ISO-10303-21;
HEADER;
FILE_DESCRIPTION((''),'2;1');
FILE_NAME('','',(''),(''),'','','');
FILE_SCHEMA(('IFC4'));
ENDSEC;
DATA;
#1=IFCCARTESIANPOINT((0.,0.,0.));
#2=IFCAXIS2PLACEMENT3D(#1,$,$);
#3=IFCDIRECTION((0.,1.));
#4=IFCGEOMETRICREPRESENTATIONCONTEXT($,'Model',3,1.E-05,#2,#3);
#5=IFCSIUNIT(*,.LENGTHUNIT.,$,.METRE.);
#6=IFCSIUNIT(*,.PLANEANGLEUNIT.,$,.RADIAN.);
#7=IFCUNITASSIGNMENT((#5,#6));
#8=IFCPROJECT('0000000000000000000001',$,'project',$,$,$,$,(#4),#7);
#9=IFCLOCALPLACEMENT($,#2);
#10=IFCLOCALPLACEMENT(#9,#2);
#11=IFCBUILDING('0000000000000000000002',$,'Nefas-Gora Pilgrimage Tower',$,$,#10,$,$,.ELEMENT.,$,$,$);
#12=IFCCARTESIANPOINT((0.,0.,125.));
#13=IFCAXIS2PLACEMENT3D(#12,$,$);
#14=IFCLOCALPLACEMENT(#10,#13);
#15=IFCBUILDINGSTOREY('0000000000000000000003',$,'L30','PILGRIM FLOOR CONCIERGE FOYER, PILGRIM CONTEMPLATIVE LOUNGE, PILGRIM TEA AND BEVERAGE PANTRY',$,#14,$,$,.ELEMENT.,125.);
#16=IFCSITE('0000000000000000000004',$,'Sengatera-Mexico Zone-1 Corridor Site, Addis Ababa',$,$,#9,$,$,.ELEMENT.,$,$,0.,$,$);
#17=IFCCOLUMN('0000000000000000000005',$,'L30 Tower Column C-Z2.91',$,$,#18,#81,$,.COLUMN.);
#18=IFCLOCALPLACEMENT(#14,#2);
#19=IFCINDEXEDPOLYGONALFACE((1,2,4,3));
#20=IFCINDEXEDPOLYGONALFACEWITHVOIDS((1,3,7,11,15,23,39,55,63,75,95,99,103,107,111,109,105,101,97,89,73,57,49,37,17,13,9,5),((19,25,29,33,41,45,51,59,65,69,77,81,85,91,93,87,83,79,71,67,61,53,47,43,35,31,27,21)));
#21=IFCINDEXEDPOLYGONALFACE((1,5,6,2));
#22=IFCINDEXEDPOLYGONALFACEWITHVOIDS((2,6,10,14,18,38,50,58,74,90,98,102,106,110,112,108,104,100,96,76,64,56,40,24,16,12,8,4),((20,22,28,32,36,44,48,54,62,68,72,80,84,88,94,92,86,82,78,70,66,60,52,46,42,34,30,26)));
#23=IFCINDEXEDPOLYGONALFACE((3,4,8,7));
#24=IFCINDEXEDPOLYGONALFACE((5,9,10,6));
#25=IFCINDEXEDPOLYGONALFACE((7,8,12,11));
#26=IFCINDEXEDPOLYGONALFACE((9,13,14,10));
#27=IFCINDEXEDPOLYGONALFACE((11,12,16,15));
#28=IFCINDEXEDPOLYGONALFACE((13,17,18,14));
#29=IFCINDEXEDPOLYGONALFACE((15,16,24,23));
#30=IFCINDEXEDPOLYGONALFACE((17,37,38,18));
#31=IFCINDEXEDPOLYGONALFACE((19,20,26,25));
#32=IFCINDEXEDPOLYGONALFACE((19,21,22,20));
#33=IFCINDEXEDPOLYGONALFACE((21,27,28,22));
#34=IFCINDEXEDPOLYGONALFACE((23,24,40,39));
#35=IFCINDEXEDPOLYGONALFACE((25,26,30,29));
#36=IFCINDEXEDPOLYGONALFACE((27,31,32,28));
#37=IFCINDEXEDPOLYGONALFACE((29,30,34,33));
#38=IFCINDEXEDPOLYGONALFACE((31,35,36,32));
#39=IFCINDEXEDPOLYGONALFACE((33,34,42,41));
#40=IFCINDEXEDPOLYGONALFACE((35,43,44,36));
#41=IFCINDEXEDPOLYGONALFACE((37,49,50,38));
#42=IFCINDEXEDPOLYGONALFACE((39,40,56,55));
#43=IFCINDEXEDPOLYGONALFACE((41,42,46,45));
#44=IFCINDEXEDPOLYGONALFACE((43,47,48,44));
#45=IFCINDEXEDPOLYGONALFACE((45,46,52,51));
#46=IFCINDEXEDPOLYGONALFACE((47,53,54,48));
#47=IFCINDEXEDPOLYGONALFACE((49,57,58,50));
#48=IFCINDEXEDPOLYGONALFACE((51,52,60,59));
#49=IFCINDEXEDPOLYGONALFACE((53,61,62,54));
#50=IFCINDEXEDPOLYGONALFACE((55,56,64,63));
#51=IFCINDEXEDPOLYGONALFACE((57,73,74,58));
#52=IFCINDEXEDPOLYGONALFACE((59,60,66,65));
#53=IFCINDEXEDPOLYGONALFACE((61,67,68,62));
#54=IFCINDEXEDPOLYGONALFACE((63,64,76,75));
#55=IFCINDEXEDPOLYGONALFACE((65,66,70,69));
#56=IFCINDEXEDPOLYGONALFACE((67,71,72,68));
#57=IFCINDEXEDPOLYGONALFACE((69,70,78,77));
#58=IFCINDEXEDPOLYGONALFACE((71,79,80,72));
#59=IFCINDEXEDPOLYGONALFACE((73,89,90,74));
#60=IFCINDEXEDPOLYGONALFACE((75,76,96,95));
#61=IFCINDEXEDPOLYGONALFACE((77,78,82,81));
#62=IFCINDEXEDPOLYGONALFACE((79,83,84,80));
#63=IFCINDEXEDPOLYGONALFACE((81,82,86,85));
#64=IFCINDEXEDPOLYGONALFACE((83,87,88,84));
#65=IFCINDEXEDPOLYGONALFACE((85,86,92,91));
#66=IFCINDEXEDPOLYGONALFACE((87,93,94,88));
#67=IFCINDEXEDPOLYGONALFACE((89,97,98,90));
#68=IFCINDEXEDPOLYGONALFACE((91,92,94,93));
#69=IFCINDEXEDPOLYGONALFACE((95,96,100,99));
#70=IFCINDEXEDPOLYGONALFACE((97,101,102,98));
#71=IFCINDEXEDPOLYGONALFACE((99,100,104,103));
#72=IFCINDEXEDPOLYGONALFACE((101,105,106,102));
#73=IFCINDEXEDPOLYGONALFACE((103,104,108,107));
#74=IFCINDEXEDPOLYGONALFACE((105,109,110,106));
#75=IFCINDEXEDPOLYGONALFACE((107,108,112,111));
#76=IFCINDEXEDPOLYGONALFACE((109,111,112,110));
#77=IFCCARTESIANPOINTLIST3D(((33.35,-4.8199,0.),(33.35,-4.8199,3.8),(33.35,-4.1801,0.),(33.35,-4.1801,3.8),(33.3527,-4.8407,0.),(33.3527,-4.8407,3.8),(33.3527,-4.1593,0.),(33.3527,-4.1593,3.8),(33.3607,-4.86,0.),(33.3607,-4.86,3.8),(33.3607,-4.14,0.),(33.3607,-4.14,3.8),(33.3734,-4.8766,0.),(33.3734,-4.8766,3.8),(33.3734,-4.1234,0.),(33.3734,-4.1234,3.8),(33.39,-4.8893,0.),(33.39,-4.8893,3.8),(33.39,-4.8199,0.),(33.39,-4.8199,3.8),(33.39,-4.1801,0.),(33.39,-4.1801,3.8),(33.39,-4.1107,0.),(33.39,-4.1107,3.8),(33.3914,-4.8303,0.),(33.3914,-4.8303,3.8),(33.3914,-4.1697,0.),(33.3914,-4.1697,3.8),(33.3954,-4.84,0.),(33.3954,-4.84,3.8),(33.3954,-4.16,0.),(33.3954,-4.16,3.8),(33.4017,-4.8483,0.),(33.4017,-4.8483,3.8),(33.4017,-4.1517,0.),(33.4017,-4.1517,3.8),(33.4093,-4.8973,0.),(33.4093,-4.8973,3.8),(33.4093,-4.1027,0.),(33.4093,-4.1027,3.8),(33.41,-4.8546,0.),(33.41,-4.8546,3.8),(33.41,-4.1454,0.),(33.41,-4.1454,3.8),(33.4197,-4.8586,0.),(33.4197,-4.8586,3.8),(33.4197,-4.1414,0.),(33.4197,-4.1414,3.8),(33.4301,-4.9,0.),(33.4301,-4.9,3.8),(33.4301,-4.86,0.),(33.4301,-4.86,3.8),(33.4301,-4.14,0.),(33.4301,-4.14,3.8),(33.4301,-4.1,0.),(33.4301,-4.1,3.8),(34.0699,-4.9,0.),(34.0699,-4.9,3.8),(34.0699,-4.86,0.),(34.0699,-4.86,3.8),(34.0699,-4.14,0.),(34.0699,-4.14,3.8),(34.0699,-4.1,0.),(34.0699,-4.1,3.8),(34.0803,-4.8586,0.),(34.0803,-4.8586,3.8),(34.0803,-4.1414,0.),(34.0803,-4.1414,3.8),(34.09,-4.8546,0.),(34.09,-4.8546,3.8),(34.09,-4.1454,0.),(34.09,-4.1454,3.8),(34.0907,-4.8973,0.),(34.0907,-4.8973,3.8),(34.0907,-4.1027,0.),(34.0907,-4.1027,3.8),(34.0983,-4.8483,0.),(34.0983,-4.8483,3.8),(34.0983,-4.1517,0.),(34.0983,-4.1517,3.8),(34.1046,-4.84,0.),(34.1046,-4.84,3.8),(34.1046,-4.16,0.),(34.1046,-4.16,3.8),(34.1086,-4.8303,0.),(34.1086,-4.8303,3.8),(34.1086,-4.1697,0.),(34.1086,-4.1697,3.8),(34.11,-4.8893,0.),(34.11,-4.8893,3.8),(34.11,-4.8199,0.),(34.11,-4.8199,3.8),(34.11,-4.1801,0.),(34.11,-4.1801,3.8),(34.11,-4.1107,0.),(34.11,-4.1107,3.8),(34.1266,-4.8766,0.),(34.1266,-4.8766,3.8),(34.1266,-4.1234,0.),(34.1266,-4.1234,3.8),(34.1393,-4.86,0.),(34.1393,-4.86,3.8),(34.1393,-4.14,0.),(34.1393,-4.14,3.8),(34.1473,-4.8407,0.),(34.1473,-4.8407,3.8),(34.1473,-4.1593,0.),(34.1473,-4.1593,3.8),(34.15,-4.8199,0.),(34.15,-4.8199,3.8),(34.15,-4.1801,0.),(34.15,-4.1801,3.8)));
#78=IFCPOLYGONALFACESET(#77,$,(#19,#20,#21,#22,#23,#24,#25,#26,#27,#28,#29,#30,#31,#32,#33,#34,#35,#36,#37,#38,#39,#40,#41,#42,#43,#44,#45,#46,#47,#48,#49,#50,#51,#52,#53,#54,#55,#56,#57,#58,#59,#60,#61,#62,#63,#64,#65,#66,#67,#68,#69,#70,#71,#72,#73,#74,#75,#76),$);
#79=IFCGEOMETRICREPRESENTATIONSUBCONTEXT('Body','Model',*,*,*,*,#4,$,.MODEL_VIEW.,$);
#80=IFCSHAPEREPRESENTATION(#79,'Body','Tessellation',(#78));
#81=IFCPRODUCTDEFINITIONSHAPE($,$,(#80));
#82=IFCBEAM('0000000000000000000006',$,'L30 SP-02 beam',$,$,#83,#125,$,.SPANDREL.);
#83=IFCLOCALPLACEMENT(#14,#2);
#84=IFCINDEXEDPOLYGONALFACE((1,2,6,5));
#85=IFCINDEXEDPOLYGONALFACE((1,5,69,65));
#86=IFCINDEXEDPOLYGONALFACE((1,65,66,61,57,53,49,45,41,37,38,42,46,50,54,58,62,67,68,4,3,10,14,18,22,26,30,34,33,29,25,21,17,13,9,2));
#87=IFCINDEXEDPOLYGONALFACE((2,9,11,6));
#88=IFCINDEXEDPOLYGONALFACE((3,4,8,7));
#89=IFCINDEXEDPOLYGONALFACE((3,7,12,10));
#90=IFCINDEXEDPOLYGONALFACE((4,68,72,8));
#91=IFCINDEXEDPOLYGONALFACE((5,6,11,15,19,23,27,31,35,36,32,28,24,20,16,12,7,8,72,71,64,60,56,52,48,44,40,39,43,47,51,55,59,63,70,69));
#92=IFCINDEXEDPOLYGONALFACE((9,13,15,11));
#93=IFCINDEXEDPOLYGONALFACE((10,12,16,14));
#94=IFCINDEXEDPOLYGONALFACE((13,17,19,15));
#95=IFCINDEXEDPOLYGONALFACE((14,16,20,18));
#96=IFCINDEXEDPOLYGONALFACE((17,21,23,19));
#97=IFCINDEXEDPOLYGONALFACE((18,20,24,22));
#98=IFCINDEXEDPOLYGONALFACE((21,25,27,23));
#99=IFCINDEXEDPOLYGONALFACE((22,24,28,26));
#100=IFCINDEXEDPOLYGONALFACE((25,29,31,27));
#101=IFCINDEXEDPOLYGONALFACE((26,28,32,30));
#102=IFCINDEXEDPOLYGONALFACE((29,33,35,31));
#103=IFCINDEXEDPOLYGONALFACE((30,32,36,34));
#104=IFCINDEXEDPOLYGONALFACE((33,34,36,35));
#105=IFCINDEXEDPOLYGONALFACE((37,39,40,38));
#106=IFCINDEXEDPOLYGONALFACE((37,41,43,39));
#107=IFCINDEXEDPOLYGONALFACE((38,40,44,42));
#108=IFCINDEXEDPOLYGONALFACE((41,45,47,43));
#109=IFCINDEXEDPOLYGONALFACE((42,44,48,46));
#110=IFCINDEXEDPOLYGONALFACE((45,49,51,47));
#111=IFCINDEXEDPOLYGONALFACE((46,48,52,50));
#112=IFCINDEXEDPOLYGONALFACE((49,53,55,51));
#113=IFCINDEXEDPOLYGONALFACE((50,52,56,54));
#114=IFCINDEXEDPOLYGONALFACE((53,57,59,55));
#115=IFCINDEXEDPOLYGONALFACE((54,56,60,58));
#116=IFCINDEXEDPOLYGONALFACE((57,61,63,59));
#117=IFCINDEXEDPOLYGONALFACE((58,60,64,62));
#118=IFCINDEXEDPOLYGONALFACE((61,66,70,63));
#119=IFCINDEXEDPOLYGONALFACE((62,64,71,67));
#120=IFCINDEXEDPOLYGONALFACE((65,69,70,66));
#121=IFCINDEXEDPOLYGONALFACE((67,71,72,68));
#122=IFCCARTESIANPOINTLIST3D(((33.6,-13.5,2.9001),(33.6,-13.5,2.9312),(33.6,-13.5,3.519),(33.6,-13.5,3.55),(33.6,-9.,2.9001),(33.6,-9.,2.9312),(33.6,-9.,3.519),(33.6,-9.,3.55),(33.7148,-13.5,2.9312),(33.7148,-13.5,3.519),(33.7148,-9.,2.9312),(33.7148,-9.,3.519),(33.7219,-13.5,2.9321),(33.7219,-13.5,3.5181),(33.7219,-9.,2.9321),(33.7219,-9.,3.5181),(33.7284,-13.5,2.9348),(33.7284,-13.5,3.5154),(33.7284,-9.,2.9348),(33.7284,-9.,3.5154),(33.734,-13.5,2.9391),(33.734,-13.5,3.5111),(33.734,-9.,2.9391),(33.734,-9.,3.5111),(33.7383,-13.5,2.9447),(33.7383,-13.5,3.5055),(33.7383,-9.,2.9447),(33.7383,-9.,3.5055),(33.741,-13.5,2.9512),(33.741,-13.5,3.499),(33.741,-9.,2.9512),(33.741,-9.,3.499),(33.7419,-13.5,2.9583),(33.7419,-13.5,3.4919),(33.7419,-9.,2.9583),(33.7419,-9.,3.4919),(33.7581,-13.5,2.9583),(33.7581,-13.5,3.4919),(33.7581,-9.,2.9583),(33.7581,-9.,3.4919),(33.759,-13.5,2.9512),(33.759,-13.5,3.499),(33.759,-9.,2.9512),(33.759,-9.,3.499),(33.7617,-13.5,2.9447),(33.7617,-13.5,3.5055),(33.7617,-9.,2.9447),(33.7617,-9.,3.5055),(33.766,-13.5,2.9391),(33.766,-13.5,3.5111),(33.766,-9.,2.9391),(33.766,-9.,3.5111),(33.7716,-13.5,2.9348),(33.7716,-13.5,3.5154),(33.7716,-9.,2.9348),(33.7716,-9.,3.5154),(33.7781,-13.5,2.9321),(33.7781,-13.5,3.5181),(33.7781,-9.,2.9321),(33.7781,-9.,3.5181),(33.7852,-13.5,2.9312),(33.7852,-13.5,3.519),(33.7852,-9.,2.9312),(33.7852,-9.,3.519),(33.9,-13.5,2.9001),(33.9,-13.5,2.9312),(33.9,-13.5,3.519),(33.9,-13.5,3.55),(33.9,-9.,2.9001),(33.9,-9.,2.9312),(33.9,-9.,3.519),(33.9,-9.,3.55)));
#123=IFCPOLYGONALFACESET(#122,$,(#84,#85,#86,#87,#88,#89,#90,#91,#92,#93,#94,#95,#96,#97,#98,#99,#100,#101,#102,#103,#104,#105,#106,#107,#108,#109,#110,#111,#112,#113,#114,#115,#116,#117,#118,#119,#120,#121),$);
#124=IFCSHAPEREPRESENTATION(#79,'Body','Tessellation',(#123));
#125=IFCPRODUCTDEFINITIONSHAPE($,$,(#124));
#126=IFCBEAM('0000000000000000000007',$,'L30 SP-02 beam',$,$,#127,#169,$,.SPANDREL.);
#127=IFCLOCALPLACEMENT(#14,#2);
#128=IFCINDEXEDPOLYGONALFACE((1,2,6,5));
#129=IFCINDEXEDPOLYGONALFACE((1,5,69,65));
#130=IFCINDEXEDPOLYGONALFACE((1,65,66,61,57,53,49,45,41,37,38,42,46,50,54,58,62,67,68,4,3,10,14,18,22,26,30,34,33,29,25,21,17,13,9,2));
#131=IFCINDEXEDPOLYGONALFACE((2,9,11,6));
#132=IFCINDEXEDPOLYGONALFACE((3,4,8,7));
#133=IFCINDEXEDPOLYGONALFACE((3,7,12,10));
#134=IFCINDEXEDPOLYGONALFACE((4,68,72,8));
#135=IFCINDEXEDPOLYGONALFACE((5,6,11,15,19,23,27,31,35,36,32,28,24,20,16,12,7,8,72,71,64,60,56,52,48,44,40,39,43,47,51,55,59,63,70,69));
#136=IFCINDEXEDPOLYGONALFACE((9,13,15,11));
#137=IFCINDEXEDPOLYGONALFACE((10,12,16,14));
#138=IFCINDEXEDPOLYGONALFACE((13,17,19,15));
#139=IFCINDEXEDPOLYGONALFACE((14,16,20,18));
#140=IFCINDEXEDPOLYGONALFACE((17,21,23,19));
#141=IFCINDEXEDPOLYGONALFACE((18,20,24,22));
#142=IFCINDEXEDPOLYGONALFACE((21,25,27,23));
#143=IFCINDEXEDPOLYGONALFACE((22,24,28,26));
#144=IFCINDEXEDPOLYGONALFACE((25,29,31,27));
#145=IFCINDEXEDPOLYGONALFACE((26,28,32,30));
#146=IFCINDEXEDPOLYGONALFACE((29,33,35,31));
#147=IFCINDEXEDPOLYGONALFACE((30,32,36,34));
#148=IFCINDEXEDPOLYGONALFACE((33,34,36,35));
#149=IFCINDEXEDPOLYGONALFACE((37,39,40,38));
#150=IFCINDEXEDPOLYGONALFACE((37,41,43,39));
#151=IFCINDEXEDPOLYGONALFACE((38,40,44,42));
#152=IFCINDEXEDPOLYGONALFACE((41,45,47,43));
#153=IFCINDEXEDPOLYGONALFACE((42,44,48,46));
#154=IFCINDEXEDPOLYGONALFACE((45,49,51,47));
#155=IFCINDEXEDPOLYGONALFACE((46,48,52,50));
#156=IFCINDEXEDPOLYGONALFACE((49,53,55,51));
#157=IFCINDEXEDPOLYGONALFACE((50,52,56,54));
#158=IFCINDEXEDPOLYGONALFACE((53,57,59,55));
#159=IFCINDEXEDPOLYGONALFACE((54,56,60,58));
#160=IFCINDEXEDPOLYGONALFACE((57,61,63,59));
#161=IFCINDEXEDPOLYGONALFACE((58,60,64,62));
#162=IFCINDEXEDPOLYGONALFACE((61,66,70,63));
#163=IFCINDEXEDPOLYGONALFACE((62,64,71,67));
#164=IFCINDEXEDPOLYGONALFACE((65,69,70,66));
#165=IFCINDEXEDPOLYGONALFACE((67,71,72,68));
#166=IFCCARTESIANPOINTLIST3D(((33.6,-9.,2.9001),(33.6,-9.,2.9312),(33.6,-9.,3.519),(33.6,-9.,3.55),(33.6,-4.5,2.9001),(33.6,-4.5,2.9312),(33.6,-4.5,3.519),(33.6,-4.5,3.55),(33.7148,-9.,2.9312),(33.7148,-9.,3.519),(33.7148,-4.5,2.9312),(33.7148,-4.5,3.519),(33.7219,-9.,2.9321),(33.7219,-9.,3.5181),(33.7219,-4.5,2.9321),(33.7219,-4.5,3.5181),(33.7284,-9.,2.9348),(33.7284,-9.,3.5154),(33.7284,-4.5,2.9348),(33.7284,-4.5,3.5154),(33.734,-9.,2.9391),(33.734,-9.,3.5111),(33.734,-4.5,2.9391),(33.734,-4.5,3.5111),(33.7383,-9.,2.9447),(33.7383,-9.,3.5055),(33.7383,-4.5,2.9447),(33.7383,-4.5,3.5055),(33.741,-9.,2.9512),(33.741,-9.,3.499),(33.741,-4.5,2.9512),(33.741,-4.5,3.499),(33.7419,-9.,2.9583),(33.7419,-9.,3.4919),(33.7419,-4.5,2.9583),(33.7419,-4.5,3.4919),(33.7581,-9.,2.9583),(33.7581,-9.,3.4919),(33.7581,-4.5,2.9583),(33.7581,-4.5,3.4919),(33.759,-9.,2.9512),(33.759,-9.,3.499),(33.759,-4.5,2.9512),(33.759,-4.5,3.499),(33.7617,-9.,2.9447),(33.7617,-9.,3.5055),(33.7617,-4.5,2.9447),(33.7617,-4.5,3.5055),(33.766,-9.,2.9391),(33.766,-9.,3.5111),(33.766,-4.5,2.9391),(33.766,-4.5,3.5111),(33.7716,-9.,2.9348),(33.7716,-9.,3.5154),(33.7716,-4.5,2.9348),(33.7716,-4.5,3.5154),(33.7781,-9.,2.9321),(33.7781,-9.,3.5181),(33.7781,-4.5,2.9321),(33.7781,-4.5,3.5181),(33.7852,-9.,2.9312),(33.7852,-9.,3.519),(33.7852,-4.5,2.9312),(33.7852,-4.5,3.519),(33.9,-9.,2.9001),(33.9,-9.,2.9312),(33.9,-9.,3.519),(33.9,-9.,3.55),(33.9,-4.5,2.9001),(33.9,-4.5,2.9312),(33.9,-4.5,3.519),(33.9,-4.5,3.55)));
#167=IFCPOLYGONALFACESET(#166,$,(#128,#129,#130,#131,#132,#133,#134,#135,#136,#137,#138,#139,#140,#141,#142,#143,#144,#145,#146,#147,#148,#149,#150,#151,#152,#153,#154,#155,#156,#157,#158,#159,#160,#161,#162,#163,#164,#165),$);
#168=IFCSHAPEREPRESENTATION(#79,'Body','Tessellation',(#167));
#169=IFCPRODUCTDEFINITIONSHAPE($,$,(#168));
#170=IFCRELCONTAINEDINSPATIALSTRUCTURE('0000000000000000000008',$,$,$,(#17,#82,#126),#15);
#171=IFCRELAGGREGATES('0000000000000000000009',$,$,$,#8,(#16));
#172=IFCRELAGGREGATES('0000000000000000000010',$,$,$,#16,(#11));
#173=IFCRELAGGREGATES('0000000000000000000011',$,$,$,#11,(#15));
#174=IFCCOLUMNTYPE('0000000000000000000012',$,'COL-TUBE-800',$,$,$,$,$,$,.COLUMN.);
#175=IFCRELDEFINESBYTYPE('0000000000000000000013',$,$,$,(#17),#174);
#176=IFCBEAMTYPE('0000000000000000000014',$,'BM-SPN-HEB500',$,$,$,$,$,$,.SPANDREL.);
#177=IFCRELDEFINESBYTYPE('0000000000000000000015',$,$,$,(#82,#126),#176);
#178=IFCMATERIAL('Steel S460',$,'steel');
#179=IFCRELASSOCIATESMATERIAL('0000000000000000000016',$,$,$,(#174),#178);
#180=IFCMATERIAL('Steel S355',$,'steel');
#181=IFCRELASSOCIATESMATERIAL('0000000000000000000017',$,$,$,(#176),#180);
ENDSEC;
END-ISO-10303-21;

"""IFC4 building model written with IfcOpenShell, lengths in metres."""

from ifc_helpers import new_model, si_unit, direction, frame, origin, origin_2d, place, context, subcontext, project, spatial, hollow_rectangle, i_section, extrude, source, transform, mapped, material, material_profile, profile_set, type_object, element, save


model = new_model("IFC4")

# Units and contexts
model_context = context("Model", 3, precision=1e-05, world=origin(), true_north=direction((0.0, 1.0)))
body_context = subcontext(model_context, "Body", "Model", "MODEL_VIEW")
ifc_project = project(units=[si_unit("LENGTHUNIT", "METRE"), si_unit("PLANEANGLEUNIT", "RADIAN")], contexts=[model_context])

# Site, building, storey
site_placement = place(None, origin())
site = spatial("IfcSite", under=ifc_project, at=site_placement, Name="Sengatera-Mexico Zone-1 Corridor Site, Addis Ababa", CompositionType="ELEMENT", RefElevation=0.0)
building_placement = place(site_placement, origin())
building = spatial("IfcBuilding", under=site, at=building_placement, Name="Nefas-Gora Pilgrimage Tower", CompositionType="ELEMENT")
storey_placement = place(building_placement, frame((0.0, 0.0, 125.0)))
storey = spatial("IfcBuildingStorey", under=building, at=storey_placement, Name="L30", Description="PILGRIM FLOOR CONCIERGE FOYER, PILGRIM CONTEMPLATIVE LOUNGE, PILGRIM TEA AND BEVERAGE PANTRY", CompositionType="ELEMENT", Elevation=125.0)

# Column
ifc_material_1 = material(Name="Steel S460", Category="steel")
ifc_material_profile_1 = material_profile(ifc_material_1, hollow_rectangle(XDim=0.8, YDim=0.8, WallThickness=0.04, InnerFilletRadius=0.04, OuterFilletRadius=0.0801, at=origin_2d()), Name="BOX 800x800x40")
ifc_profile_set_1 = profile_set([ifc_material_profile_1], Name="Steel S460")
column_type_1 = type_object("IfcColumnType", Name="COL-TUBE-800", PredefinedType="COLUMN", material=ifc_profile_set_1)
shared_shape_1 = source(origin(), body_context, "Body", "SweptSolid", [
    extrude(hollow_rectangle(XDim=0.8, YDim=0.8, WallThickness=0.04, InnerFilletRadius=0.04, OuterFilletRadius=0.0801, at=origin_2d()), origin(), (0.0, 0.0, 1.0), 3.8),
])
for number, where, z_axis, x_axis, name in (
    (1, (33.75, -4.5, 0.0), (0.0, 0.0, 1.0), (1.0, 0.0, 0.0), "L30 Tower Column C-Z2.91"),
):
    element("IfcColumn", number, at=place(storey_placement, frame(where, z_axis=z_axis, x_axis=x_axis)), inside=storey, type_object=column_type_1, Name=name, PredefinedType="COLUMN", context=body_context, shape_type="MappedRepresentation", body=[
        mapped(shared_shape_1, transform((0.0, 0.0, 0.0), x_axis=(1.0, 0.0, 0.0), y_axis=(0.0, 1.0, 0.0), z_axis=(0.0, 0.0, 1.0), scale=1.0)),
    ])

# Beams
ifc_material_2 = material(Name="Steel S355", Category="steel")
ifc_material_profile_2 = material_profile(ifc_material_2, i_section(OverallWidth=0.3, OverallDepth=0.6499, WebThickness=0.0161, FlangeThickness=0.031, FilletRadius=0.0271, at=origin_2d()), Name="HEB 650")
ifc_profile_set_2 = profile_set([ifc_material_profile_2], Name="Steel S355")
beam_type_1 = type_object("IfcBeamType", Name="BM-SPN-HEB500", PredefinedType="SPANDREL", material=ifc_profile_set_2)
shared_shape_2 = source(origin(), body_context, "Body", "SweptSolid", [
    extrude(i_section(OverallWidth=0.3, OverallDepth=0.6499, WebThickness=0.0161, FlangeThickness=0.031, FilletRadius=0.0271, at=origin_2d()), origin(), (0.0, 0.0, 1.0), 4.5),
])
for number, where, z_axis, x_axis, name in (
    (2, (33.75, -13.5, 3.2251), (0.0, 1.0, 0.0), (-1.0, 0.0, 0.0), "L30 SP-02 beam"),
    (3, (33.75, -9.0, 3.2251), (0.0, 1.0, 0.0), (-1.0, 0.0, 0.0), "L30 SP-02 beam"),
):
    element("IfcBeam", number, at=place(storey_placement, frame(where, z_axis=z_axis, x_axis=x_axis)), inside=storey, type_object=beam_type_1, Name=name, PredefinedType="SPANDREL", context=body_context, shape_type="MappedRepresentation", body=[
        mapped(shared_shape_2, transform((0.0, 0.0, 0.0), x_axis=(1.0, 0.0, 0.0), y_axis=(0.0, 1.0, 0.0), z_axis=(0.0, 0.0, 1.0), scale=1.0)),
    ])

save(model, "model.ifc")
